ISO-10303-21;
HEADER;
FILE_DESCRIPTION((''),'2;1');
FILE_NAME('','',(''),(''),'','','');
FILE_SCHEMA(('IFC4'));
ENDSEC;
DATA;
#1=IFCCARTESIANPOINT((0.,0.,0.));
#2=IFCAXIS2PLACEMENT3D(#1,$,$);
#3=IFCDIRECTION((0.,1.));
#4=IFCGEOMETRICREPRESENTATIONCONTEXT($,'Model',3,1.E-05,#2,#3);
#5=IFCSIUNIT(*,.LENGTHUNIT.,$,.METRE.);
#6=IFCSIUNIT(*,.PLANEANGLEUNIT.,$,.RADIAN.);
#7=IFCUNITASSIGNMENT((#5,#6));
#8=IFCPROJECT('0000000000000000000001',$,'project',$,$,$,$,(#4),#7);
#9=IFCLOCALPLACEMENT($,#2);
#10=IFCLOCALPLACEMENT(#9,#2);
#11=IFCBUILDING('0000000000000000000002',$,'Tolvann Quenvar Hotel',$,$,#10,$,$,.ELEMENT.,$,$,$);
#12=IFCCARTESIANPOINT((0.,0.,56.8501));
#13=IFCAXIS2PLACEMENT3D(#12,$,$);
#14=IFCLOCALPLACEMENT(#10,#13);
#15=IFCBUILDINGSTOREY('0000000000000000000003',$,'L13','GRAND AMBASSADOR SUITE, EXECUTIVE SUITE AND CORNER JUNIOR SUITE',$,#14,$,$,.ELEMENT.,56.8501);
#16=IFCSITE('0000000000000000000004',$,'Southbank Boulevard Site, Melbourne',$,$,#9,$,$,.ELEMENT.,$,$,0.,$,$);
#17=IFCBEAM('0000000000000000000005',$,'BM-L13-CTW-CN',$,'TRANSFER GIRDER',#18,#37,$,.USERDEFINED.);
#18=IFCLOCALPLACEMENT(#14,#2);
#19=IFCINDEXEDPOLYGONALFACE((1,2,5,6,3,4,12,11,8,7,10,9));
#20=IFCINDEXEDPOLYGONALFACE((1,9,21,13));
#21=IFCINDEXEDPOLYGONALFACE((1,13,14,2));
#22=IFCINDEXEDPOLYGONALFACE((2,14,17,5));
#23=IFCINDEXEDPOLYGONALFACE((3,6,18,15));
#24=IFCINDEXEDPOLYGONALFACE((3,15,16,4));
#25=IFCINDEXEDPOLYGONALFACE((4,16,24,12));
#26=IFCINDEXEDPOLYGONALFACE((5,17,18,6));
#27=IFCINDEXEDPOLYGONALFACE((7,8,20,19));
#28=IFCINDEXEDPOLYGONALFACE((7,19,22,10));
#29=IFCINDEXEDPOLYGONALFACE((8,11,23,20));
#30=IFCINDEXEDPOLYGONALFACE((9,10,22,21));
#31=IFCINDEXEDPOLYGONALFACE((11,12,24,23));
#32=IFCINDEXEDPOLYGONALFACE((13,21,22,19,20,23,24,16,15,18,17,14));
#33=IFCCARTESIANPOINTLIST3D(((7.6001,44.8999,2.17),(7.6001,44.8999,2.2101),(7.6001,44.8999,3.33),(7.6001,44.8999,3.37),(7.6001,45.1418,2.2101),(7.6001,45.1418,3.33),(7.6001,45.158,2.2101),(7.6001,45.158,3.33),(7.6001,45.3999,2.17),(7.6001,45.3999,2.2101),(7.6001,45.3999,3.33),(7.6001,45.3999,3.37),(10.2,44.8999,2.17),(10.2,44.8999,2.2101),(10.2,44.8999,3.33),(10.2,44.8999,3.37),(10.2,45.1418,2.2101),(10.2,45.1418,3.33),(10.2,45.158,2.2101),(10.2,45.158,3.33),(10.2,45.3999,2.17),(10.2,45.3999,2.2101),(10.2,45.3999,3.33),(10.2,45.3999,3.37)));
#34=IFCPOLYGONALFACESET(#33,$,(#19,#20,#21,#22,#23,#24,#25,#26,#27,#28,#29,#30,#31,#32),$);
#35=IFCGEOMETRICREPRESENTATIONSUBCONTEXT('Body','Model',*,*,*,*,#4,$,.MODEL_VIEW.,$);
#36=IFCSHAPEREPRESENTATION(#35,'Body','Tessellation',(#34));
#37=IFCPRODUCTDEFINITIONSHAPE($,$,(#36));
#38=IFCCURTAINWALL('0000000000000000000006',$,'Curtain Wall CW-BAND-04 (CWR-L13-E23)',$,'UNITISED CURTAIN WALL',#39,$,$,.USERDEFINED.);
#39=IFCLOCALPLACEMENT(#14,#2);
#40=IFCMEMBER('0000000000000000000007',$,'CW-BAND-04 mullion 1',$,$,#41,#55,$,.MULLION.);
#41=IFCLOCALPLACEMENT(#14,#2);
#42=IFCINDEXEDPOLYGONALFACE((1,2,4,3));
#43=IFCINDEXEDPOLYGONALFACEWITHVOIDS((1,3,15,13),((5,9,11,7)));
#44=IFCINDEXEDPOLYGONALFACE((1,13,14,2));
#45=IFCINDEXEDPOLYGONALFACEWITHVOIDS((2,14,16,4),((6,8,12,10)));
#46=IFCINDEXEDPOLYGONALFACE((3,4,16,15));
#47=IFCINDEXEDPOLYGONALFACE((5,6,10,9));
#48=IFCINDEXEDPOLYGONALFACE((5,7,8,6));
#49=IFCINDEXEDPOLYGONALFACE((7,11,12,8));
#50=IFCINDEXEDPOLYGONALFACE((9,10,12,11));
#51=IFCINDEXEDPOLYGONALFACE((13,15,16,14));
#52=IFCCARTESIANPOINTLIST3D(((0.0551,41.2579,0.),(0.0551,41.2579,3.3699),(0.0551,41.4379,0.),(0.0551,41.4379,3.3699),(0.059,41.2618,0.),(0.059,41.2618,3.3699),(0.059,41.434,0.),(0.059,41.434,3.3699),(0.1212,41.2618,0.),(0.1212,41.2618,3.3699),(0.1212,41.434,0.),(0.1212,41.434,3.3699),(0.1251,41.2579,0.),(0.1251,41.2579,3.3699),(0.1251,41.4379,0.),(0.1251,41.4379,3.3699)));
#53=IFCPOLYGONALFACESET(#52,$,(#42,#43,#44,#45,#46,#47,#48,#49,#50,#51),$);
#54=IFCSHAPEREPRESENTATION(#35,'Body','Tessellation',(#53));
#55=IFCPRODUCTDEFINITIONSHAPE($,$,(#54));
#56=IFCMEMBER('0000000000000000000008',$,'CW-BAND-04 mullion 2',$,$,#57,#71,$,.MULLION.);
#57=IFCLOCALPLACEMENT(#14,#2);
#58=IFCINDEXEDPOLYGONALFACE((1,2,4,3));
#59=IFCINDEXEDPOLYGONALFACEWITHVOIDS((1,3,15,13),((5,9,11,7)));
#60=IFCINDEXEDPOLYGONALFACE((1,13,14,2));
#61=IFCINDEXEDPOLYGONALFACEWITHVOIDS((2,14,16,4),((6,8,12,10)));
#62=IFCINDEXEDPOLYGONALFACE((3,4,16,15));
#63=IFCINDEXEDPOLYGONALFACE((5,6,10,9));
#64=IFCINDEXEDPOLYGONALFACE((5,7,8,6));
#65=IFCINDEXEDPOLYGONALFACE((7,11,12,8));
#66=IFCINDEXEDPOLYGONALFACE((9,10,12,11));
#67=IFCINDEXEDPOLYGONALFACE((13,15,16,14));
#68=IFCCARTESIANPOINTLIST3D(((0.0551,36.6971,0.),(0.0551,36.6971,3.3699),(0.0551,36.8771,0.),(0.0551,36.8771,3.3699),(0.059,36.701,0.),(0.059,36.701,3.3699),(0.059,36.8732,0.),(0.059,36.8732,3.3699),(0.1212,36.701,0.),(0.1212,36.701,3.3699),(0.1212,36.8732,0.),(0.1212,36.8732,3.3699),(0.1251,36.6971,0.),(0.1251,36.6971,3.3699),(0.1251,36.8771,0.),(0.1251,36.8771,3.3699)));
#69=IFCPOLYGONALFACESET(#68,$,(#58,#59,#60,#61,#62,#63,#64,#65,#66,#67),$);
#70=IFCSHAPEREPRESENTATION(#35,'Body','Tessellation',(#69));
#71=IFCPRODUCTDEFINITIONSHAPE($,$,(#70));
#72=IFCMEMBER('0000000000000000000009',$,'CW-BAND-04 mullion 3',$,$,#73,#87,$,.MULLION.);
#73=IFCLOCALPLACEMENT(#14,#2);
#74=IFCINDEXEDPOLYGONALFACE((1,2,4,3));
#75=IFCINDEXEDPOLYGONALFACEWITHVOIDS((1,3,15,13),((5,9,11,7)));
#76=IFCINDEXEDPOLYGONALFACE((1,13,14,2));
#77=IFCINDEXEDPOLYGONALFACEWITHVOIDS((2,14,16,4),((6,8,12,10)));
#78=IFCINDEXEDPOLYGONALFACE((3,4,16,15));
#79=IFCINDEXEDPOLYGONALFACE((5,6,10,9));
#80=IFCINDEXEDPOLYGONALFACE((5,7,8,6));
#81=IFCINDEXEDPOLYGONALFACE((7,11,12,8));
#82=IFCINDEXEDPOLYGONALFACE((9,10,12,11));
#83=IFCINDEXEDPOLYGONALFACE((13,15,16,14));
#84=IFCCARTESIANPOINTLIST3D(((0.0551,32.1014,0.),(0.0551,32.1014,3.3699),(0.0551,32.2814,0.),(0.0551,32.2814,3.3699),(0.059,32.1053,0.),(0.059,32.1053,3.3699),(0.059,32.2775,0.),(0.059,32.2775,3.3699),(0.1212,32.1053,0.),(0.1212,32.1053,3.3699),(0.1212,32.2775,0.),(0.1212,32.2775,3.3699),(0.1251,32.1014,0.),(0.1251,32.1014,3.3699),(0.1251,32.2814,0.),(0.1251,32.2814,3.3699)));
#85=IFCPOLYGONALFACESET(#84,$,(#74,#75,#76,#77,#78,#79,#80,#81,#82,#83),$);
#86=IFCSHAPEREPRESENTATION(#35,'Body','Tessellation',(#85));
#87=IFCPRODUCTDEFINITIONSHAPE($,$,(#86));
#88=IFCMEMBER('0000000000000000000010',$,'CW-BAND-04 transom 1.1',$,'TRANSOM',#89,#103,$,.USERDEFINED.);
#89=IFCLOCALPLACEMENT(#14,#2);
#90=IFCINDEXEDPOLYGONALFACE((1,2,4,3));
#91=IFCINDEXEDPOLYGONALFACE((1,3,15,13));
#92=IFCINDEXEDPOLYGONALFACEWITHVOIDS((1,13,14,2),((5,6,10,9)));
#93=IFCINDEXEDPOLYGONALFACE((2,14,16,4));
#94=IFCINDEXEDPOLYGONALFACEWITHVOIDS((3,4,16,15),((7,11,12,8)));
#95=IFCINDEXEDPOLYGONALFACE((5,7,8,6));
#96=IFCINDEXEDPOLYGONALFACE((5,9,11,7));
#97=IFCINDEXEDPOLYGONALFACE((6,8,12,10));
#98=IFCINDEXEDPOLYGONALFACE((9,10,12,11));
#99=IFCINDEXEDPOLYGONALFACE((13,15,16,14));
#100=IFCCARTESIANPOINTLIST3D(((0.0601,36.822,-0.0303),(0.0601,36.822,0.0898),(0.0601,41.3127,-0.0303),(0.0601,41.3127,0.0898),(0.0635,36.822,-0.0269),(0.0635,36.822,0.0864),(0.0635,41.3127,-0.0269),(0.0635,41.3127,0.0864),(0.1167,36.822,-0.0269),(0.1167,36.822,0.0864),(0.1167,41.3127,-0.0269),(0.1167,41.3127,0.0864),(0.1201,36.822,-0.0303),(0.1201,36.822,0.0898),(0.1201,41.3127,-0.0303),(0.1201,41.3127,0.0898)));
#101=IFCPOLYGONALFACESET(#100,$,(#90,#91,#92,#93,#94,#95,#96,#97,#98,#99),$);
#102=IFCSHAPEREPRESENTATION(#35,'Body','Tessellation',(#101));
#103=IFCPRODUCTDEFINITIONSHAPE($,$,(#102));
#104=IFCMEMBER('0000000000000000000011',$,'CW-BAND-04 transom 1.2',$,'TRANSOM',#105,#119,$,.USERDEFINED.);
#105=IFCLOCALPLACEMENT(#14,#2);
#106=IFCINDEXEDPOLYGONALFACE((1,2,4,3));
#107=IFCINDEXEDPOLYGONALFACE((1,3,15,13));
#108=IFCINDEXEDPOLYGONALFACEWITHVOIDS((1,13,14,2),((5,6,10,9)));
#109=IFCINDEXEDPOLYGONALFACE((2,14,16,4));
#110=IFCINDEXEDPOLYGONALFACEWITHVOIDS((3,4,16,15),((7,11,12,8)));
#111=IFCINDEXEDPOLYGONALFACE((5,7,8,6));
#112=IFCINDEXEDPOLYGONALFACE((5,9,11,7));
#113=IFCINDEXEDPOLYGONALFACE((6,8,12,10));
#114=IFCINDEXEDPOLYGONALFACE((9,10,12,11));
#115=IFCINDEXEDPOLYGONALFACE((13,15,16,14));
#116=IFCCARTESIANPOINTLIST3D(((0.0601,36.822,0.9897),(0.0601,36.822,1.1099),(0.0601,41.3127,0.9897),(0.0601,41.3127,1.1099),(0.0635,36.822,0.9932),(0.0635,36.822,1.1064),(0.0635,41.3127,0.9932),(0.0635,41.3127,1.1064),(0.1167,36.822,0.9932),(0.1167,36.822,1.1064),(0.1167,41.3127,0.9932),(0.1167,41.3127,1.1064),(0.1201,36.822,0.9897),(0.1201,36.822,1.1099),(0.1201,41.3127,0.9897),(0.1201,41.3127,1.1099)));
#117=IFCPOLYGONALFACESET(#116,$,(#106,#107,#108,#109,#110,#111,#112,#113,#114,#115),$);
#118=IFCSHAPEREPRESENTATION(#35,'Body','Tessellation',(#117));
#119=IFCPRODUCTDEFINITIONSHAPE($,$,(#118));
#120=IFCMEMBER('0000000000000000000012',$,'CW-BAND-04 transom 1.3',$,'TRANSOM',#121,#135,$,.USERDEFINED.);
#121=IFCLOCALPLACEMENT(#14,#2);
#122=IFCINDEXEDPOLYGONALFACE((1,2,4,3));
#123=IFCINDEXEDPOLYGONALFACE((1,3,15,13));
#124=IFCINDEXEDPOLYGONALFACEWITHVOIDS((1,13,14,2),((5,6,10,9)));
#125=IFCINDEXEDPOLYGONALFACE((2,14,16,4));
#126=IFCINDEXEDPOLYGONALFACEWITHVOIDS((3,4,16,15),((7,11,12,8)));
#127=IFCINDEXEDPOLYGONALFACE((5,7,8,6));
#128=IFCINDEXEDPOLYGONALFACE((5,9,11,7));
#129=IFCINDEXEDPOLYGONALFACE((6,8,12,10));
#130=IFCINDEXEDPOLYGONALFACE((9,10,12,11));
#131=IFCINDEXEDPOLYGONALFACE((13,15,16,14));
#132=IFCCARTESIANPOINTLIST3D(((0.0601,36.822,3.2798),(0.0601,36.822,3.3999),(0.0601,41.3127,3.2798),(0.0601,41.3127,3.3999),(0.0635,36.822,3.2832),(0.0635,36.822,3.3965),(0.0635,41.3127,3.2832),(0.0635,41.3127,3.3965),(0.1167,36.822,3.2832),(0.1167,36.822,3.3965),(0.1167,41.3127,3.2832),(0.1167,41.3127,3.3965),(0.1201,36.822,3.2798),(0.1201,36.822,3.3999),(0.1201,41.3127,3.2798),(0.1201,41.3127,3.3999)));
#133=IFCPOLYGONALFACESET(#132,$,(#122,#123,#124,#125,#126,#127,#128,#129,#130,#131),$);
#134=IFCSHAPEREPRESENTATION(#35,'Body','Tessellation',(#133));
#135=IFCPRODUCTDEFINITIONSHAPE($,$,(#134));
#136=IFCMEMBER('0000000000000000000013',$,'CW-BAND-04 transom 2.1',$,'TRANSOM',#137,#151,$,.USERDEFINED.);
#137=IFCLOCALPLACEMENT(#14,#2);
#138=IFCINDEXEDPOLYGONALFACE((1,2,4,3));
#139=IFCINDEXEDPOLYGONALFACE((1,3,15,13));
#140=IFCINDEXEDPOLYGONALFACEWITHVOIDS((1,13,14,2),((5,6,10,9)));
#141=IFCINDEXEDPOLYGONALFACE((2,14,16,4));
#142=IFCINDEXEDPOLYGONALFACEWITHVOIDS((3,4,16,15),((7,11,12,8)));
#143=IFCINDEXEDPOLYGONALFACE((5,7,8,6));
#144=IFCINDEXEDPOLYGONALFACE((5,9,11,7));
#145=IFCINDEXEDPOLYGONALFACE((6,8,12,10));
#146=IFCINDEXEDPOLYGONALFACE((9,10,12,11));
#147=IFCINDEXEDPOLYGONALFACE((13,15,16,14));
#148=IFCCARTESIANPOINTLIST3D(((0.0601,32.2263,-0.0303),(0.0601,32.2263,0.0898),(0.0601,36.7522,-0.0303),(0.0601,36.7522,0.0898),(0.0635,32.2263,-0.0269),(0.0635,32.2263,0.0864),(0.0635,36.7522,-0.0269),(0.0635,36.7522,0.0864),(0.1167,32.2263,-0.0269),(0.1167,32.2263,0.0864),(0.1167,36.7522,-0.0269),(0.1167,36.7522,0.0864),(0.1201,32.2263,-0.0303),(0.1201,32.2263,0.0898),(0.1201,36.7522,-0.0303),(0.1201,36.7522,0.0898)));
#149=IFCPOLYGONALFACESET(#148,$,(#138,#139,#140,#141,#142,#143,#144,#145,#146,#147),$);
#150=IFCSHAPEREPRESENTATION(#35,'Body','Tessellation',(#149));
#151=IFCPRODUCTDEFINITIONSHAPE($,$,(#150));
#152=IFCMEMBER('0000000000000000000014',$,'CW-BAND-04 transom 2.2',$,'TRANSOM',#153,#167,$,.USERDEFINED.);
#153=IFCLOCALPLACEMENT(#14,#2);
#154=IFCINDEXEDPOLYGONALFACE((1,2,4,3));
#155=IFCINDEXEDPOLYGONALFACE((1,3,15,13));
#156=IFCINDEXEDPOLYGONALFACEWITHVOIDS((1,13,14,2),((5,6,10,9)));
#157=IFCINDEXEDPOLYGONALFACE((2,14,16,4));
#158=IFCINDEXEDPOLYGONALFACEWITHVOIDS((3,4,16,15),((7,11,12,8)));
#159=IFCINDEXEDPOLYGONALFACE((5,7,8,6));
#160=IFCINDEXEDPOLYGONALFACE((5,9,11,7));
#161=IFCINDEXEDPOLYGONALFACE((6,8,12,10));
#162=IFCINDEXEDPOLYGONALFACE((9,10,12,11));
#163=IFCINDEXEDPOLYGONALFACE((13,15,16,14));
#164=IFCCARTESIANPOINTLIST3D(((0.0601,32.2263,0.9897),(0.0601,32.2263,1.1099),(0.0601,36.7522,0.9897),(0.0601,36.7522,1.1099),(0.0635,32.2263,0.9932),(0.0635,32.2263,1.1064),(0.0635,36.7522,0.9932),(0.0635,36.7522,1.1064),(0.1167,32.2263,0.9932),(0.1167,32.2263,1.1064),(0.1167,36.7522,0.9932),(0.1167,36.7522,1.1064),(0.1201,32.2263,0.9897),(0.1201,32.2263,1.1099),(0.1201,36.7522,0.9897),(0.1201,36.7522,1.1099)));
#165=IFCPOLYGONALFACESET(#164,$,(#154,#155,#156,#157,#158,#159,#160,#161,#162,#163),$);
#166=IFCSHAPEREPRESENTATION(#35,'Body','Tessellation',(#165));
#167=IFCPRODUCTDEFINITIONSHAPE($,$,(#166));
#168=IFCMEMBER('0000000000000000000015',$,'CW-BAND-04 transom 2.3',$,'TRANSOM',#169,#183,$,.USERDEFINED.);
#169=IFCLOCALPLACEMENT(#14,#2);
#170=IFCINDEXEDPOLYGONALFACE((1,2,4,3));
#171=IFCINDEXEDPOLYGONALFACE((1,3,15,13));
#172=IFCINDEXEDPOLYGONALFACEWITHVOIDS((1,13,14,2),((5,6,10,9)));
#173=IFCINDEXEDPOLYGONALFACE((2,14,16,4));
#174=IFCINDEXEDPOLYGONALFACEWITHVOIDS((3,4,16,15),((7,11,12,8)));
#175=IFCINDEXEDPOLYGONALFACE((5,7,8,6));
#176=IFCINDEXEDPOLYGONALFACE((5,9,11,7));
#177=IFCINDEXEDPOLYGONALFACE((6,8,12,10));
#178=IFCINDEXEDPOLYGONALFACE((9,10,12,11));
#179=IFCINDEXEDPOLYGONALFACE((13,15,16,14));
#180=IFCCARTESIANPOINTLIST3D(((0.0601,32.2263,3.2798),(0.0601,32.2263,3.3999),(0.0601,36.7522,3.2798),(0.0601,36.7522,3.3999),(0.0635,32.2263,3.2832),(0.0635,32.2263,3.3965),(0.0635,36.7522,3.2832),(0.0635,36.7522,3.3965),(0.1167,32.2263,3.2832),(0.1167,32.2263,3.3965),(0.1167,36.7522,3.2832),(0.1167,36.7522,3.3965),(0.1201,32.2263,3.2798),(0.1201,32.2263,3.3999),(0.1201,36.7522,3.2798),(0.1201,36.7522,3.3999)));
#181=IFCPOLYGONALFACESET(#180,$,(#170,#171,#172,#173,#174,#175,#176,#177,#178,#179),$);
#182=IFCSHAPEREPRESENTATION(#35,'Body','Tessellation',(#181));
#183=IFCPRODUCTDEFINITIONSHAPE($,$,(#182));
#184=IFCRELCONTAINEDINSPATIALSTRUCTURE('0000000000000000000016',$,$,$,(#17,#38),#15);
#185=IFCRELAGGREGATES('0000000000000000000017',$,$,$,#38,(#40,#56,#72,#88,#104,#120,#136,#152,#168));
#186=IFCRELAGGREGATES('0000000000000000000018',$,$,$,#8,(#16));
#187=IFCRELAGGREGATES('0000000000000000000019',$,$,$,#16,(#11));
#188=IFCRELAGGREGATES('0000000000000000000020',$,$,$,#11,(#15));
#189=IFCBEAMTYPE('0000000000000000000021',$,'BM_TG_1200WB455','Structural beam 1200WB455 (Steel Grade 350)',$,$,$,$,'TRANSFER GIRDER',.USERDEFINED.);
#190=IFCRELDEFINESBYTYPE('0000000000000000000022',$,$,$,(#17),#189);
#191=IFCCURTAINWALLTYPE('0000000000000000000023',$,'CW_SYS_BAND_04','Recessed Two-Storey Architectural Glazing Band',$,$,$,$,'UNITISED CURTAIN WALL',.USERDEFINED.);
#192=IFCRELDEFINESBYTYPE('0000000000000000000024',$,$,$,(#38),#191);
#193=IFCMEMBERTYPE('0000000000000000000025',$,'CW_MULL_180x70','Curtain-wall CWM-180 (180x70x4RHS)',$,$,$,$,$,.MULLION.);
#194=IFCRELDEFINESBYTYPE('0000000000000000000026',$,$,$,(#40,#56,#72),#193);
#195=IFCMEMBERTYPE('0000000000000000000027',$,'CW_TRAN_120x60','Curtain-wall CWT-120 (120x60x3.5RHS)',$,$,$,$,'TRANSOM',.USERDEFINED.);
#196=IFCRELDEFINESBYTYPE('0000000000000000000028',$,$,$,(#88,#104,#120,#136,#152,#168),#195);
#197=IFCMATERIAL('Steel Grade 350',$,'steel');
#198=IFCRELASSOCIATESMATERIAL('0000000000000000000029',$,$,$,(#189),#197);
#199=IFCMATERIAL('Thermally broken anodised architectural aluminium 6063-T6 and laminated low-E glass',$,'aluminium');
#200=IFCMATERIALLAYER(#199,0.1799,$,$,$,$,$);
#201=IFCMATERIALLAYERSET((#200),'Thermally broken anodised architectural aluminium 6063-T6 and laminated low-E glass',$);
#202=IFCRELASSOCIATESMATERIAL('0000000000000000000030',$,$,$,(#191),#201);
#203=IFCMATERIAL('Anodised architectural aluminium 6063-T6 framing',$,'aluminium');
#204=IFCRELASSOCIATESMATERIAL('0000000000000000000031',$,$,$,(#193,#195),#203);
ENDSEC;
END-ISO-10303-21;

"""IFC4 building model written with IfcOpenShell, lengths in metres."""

from ifc_helpers import new_model, si_unit, direction, frame, origin, origin_2d, place, context, subcontext, project, spatial, hollow_rectangle, i_section, extrude, source, transform, mapped, material, layer, layer_set, material_profile, profile_set, type_object, type_shapes, element, aggregate, save


model = new_model("IFC4")

# Units and contexts
model_context = context("Model", 3, precision=1e-05, world=origin(), true_north=direction((0.0, 1.0)))
body_context = subcontext(model_context, "Body", "Model", "MODEL_VIEW")
ifc_project = project(units=[si_unit("LENGTHUNIT", "METRE"), si_unit("PLANEANGLEUNIT", "RADIAN")], contexts=[model_context])

# Site, building, storey
site_placement = place(None, origin())
site = spatial("IfcSite", under=ifc_project, at=site_placement, Name="Southbank Boulevard Site, Melbourne", CompositionType="ELEMENT", RefElevation=0.0)
building_placement = place(site_placement, origin())
building = spatial("IfcBuilding", under=site, at=building_placement, Name="Tolvann Quenvar Hotel", CompositionType="ELEMENT")
storey_placement = place(building_placement, frame((0.0, 0.0, 56.8501)))
storey = spatial("IfcBuildingStorey", under=building, at=storey_placement, Name="L13", Description="GRAND AMBASSADOR SUITE, EXECUTIVE SUITE AND CORNER JUNIOR SUITE", CompositionType="ELEMENT", Elevation=56.8501)

# Beam
ifc_material_1 = material(Name="Steel Grade 350", Category="steel")
ifc_material_profile_1 = material_profile(ifc_material_1, i_section(OverallWidth=0.5, OverallDepth=1.2, WebThickness=0.0161, FlangeThickness=0.04, at=origin_2d()), Name="1200WB455")
ifc_profile_set_1 = profile_set([ifc_material_profile_1], Name="Steel Grade 350")
beam_type_1 = type_object("IfcBeamType", Name="BM_TG_1200WB455", Description="Structural beam 1200WB455 (Steel Grade 350)", ElementType="TRANSFER GIRDER", PredefinedType="USERDEFINED", material=ifc_profile_set_1)
shared_shape_1 = source(origin(), body_context, "Body", "SweptSolid", [
    extrude(i_section(OverallWidth=0.5, OverallDepth=1.2, WebThickness=0.0161, FlangeThickness=0.04, at=origin_2d()), origin(), (0.0, 0.0, 1.0), 2.5999),
])
beam_1_placement = place(storey_placement, frame((7.6001, 45.1499, 2.77), z_axis=(1.0, 0.0, 0.0), x_axis=(0.0, 1.0, 0.0)))
element("IfcBeam", 1, at=beam_1_placement, inside=storey, type_object=beam_type_1, Name="BM-L13-CTW-CN", ObjectType="TRANSFER GIRDER", PredefinedType="USERDEFINED", context=body_context, shape_type="MappedRepresentation", body=[
    mapped(shared_shape_1, transform((0.0, 0.0, 0.0), x_axis=(1.0, 0.0, 0.0), y_axis=(0.0, 1.0, 0.0), z_axis=(0.0, 0.0, 1.0), scale=1.0)),
])

# Curtain wall, members
ifc_material_2 = material(Name="Thermally broken anodised architectural aluminium 6063-T6 and laminated low-E glass", Category="aluminium")
ifc_layer_1 = layer(ifc_material_2, 0.1799)
ifc_layer_set_1 = layer_set([ifc_layer_1], Name="Thermally broken anodised architectural aluminium 6063-T6 and laminated low-E glass")
curtain_wall_type = type_object("IfcCurtainWallType", Name="CW_SYS_BAND_04", Description="Recessed Two-Storey Architectural Glazing Band", ElementType="UNITISED CURTAIN WALL", PredefinedType="USERDEFINED", material=ifc_layer_set_1)
curtain_wall_placement = place(storey_placement, origin())
curtain_wall = element("IfcCurtainWall", 2, at=curtain_wall_placement, inside=storey, type_object=curtain_wall_type, Name="Curtain Wall CW-BAND-04 (CWR-L13-E23)", ObjectType="UNITISED CURTAIN WALL", PredefinedType="USERDEFINED")
ifc_material_3 = material(Name="Anodised architectural aluminium 6063-T6 framing", Category="aluminium")
ifc_material_profile_2 = material_profile(ifc_material_3, hollow_rectangle(XDim=0.0701, YDim=0.1799, WallThickness=0.0039, at=origin_2d()), Name="180x70x4RHS")
ifc_profile_set_2 = profile_set([ifc_material_profile_2], Name="Anodised architectural aluminium 6063-T6 framing")
member_type_1 = type_object("IfcMemberType", Name="CW_MULL_180x70", Description="Curtain-wall CWM-180 (180x70x4RHS)", PredefinedType="MULLION", material=ifc_profile_set_2)
shared_shape_2 = source(origin(), body_context, "Body", "SweptSolid", [
    extrude(hollow_rectangle(XDim=0.0701, YDim=0.1799, WallThickness=0.0039, at=origin_2d()), origin(), (0.0, 0.0, 1.0), 3.3699),
])
type_shapes(member_type_1, [shared_shape_2])
member_1_placement = place(storey_placement, frame((0.0901, 41.3479, 0.0), z_axis=(0.0, 0.0, 1.0), x_axis=(1.0, 0.0, 0.0)))
member_1 = element("IfcMember", 3, at=member_1_placement, type_object=member_type_1, Name="CW-BAND-04 mullion 1", PredefinedType="MULLION", context=body_context, shape_type="MappedRepresentation", body=[
    mapped(shared_shape_2, transform((0.0, 0.0, 0.0), x_axis=(1.0, 0.0, 0.0), y_axis=(0.0, 1.0, 0.0), z_axis=(0.0, 0.0, 1.0), scale=1.0)),
])
member_2_placement = place(storey_placement, frame((0.0901, 36.7871, 0.0), z_axis=(0.0, 0.0, 1.0), x_axis=(1.0, 0.0, 0.0)))
member_2 = element("IfcMember", 4, at=member_2_placement, type_object=member_type_1, Name="CW-BAND-04 mullion 2", PredefinedType="MULLION", context=body_context, shape_type="MappedRepresentation", body=[
    mapped(shared_shape_2, transform((0.0, 0.0, 0.0), x_axis=(1.0, 0.0, 0.0), y_axis=(0.0, 1.0, 0.0), z_axis=(0.0, 0.0, 1.0), scale=1.0)),
])
member_3_placement = place(storey_placement, frame((0.0901, 32.1914, 0.0), z_axis=(0.0, 0.0, 1.0), x_axis=(1.0, 0.0, 0.0)))
member_3 = element("IfcMember", 5, at=member_3_placement, type_object=member_type_1, Name="CW-BAND-04 mullion 3", PredefinedType="MULLION", context=body_context, shape_type="MappedRepresentation", body=[
    mapped(shared_shape_2, transform((0.0, 0.0, 0.0), x_axis=(1.0, 0.0, 0.0), y_axis=(0.0, 1.0, 0.0), z_axis=(0.0, 0.0, 1.0), scale=1.0)),
])
ifc_material_profile_3 = material_profile(ifc_material_3, hollow_rectangle(XDim=0.0601, YDim=0.1201, WallThickness=0.0034, at=origin_2d()), Name="120x60x3.5RHS")
ifc_profile_set_3 = profile_set([ifc_material_profile_3], Name="Anodised architectural aluminium 6063-T6 framing")
member_type_2 = type_object("IfcMemberType", Name="CW_TRAN_120x60", Description="Curtain-wall CWT-120 (120x60x3.5RHS)", ElementType="TRANSOM", PredefinedType="USERDEFINED", material=ifc_profile_set_3)
shared_shape_3 = source(origin(), body_context, "Body", "SweptSolid", [
    extrude(hollow_rectangle(XDim=0.0601, YDim=0.1201, WallThickness=0.0034, at=origin_2d()), origin(), (0.0, 0.0, 1.0), 4.4907),
])
member_4_placement = place(storey_placement, frame((0.0901, 41.3127, 0.0298), z_axis=(0.0, -1.0, 0.0), x_axis=(1.0, 0.0, 0.0)))
member_4 = element("IfcMember", 6, at=member_4_placement, type_object=member_type_2, Name="CW-BAND-04 transom 1.1", ObjectType="TRANSOM", PredefinedType="USERDEFINED", context=body_context, shape_type="MappedRepresentation", body=[
    mapped(shared_shape_3, transform((0.0, 0.0, 0.0), x_axis=(1.0, 0.0, 0.0), y_axis=(0.0, 1.0, 0.0), z_axis=(0.0, 0.0, 1.0), scale=1.0)),
])
member_5_placement = place(storey_placement, frame((0.0901, 41.3127, 1.0498), z_axis=(0.0, -1.0, 0.0), x_axis=(1.0, 0.0, 0.0)))
member_5 = element("IfcMember", 7, at=member_5_placement, type_object=member_type_2, Name="CW-BAND-04 transom 1.2", ObjectType="TRANSOM", PredefinedType="USERDEFINED", context=body_context, shape_type="MappedRepresentation", body=[
    mapped(shared_shape_3, transform((0.0, 0.0, 0.0), x_axis=(1.0, 0.0, 0.0), y_axis=(0.0, 1.0, 0.0), z_axis=(0.0, 0.0, 1.0), scale=1.0)),
])
member_6_placement = place(storey_placement, frame((0.0901, 41.3127, 3.3398), z_axis=(0.0, -1.0, 0.0), x_axis=(1.0, 0.0, 0.0)))
member_6 = element("IfcMember", 8, at=member_6_placement, type_object=member_type_2, Name="CW-BAND-04 transom 1.3", ObjectType="TRANSOM", PredefinedType="USERDEFINED", context=body_context, shape_type="MappedRepresentation", body=[
    mapped(shared_shape_3, transform((0.0, 0.0, 0.0), x_axis=(1.0, 0.0, 0.0), y_axis=(0.0, 1.0, 0.0), z_axis=(0.0, 0.0, 1.0), scale=1.0)),
])
shared_shape_4 = source(origin(), body_context, "Body", "SweptSolid", [
    extrude(hollow_rectangle(XDim=0.0601, YDim=0.1201, WallThickness=0.0034, at=origin_2d()), origin(), (0.0, 0.0, 1.0), 4.5259),
])
type_shapes(member_type_2, [shared_shape_3, shared_shape_4])
member_7_placement = place(storey_placement, frame((0.0901, 36.7522, 0.0298), z_axis=(0.0, -1.0, 0.0), x_axis=(1.0, 0.0, 0.0)))
member_7 = element("IfcMember", 9, at=member_7_placement, type_object=member_type_2, Name="CW-BAND-04 transom 2.1", ObjectType="TRANSOM", PredefinedType="USERDEFINED", context=body_context, shape_type="MappedRepresentation", body=[
    mapped(shared_shape_4, transform((0.0, 0.0, 0.0), x_axis=(1.0, 0.0, 0.0), y_axis=(0.0, 1.0, 0.0), z_axis=(0.0, 0.0, 1.0), scale=1.0)),
])
member_8_placement = place(storey_placement, frame((0.0901, 36.7522, 1.0498), z_axis=(0.0, -1.0, 0.0), x_axis=(1.0, 0.0, 0.0)))
member_8 = element("IfcMember", 10, at=member_8_placement, type_object=member_type_2, Name="CW-BAND-04 transom 2.2", ObjectType="TRANSOM", PredefinedType="USERDEFINED", context=body_context, shape_type="MappedRepresentation", body=[
    mapped(shared_shape_4, transform((0.0, 0.0, 0.0), x_axis=(1.0, 0.0, 0.0), y_axis=(0.0, 1.0, 0.0), z_axis=(0.0, 0.0, 1.0), scale=1.0)),
])
member_9_placement = place(storey_placement, frame((0.0901, 36.7522, 3.3398), z_axis=(0.0, -1.0, 0.0), x_axis=(1.0, 0.0, 0.0)))
member_9 = element("IfcMember", 11, at=member_9_placement, type_object=member_type_2, Name="CW-BAND-04 transom 2.3", ObjectType="TRANSOM", PredefinedType="USERDEFINED", context=body_context, shape_type="MappedRepresentation", body=[
    mapped(shared_shape_4, transform((0.0, 0.0, 0.0), x_axis=(1.0, 0.0, 0.0), y_axis=(0.0, 1.0, 0.0), z_axis=(0.0, 0.0, 1.0), scale=1.0)),
])
aggregate(curtain_wall, [member_1, member_2, member_3, member_4, member_5, member_6, member_7, member_8, member_9])

save(model, "model.ifc")
